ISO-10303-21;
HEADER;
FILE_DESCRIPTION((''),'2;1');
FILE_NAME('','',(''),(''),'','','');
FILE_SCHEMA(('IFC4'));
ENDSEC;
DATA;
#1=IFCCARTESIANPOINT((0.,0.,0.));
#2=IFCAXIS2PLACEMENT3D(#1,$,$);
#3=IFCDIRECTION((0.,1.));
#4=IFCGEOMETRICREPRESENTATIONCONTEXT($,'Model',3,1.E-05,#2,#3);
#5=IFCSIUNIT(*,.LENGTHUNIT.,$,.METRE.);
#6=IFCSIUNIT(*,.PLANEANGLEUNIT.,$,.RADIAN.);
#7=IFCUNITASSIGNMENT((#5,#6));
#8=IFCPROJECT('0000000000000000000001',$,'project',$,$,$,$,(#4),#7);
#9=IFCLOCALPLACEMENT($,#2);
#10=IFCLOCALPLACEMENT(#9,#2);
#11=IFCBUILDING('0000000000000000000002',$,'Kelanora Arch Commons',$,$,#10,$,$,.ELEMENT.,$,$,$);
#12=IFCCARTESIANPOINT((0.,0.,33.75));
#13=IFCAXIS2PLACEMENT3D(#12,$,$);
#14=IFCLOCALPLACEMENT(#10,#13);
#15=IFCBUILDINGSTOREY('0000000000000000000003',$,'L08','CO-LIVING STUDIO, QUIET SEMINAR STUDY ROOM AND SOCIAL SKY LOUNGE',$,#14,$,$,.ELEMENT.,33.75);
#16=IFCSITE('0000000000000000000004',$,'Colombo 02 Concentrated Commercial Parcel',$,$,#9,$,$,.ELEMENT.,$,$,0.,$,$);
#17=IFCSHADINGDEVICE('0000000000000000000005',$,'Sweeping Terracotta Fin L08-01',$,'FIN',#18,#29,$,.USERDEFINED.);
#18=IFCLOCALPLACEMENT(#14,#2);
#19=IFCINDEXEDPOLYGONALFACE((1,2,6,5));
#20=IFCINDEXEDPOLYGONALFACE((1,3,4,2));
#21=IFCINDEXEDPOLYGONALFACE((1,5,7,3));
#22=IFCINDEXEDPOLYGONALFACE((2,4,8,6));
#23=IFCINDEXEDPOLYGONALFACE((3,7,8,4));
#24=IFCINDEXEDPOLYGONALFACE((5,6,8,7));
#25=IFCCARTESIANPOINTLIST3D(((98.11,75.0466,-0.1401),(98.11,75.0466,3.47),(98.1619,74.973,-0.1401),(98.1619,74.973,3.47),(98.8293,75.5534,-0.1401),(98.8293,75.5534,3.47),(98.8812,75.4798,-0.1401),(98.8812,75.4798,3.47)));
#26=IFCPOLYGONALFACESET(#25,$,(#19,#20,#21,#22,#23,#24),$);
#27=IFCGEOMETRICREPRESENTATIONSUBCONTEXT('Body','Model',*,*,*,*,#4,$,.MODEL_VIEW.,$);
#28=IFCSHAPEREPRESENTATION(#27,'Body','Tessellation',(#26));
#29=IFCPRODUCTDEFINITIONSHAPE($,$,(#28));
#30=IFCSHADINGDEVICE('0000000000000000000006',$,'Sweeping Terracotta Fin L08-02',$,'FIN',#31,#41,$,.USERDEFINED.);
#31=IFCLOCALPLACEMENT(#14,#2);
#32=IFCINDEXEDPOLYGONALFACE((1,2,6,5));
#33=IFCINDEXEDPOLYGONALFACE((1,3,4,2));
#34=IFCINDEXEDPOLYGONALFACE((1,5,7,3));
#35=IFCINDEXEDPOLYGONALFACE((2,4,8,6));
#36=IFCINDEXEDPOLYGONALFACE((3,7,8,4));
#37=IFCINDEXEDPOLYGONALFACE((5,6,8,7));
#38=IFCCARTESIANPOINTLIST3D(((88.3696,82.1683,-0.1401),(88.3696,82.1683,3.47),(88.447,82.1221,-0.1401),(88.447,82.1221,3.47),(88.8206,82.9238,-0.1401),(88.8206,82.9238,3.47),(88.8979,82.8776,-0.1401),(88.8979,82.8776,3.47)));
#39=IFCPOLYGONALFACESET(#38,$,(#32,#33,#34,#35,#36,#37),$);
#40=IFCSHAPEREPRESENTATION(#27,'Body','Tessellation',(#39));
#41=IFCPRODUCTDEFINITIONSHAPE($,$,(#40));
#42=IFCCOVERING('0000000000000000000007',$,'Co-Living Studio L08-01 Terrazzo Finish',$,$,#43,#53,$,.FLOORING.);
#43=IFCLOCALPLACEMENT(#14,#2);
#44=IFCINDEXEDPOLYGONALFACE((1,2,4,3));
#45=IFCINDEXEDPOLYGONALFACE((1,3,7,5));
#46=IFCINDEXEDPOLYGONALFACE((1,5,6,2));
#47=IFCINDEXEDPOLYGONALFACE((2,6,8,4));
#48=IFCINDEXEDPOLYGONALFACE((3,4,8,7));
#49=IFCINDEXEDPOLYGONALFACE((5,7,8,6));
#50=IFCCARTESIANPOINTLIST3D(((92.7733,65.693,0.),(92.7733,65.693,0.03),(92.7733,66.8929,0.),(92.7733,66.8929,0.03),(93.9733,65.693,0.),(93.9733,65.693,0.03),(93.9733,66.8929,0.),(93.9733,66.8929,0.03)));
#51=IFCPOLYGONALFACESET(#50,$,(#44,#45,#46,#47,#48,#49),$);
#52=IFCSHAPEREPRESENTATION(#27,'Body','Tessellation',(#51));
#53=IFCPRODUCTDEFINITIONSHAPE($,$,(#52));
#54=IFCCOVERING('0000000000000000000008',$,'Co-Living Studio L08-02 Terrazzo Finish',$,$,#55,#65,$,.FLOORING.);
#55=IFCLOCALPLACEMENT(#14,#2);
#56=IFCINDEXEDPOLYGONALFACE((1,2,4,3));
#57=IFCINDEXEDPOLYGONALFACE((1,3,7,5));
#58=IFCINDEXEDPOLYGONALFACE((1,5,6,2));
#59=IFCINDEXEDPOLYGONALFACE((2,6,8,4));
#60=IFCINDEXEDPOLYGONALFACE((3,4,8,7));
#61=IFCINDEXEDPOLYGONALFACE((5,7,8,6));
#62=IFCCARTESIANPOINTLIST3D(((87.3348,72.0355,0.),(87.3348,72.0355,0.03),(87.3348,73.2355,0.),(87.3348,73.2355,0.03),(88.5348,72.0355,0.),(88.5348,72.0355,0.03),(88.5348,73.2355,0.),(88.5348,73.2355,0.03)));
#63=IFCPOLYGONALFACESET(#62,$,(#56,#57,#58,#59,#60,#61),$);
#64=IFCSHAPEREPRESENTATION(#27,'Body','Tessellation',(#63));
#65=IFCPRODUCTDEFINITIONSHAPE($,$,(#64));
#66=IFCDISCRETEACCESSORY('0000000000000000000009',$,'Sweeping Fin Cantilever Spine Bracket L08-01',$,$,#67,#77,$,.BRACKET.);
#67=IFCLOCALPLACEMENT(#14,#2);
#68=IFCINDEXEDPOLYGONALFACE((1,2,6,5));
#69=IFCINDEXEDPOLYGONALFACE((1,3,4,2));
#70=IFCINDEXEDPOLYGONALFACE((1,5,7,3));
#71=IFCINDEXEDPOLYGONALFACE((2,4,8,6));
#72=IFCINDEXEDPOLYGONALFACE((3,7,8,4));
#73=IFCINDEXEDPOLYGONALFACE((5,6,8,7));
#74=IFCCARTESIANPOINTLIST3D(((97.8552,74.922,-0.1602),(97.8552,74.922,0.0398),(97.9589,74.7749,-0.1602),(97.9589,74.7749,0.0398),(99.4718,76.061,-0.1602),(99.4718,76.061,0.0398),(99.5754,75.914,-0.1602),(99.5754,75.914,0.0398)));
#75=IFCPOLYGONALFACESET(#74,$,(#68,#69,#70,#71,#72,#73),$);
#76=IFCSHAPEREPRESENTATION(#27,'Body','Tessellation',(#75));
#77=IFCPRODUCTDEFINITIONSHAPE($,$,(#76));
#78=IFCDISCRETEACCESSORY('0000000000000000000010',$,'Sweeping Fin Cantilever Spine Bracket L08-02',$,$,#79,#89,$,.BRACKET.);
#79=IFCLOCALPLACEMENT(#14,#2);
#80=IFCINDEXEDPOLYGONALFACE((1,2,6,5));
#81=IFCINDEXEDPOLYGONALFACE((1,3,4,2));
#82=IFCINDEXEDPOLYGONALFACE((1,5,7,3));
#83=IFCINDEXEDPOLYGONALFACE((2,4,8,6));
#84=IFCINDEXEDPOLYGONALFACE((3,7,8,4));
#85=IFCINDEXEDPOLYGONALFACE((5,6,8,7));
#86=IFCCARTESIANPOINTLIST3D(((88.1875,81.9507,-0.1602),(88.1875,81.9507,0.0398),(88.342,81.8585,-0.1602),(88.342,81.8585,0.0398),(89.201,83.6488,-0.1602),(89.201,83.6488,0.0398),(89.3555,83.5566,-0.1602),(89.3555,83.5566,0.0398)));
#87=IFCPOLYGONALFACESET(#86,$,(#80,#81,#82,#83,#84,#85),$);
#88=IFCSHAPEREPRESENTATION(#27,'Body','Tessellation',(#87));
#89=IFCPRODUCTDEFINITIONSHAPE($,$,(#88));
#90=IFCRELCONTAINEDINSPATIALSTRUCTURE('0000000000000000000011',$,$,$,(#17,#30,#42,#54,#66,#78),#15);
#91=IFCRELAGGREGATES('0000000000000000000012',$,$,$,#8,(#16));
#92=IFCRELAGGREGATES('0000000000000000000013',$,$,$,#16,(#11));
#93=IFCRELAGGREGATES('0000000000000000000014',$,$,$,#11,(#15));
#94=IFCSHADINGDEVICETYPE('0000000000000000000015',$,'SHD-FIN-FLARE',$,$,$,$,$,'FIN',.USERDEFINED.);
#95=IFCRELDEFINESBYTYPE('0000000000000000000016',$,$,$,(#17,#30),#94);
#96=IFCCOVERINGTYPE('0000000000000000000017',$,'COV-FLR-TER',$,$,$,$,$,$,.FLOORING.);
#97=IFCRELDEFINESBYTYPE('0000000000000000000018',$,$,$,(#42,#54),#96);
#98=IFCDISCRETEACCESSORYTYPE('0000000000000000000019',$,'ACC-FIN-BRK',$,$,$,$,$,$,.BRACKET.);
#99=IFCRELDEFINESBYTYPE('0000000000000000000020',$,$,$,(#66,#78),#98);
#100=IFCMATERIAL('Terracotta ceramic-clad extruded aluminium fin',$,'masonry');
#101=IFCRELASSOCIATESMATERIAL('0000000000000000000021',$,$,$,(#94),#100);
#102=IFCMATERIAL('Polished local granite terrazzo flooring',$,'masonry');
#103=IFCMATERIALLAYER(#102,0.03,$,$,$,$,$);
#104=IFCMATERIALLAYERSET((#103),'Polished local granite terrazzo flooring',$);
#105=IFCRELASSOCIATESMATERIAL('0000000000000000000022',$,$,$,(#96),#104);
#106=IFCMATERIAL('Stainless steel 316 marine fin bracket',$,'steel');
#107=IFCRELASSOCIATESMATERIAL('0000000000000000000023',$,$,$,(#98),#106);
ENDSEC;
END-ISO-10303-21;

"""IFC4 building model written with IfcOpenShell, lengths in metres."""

from ifc_helpers import new_model, si_unit, direction, frame, origin, origin_2d, place, context, subcontext, project, spatial, rectangle, extrude, source, transform, mapped, material, layer, layer_set, type_object, element, save


model = new_model("IFC4")

# Units and contexts
model_context = context("Model", 3, precision=1e-05, world=origin(), true_north=direction((0.0, 1.0)))
body_context = subcontext(model_context, "Body", "Model", "MODEL_VIEW")
ifc_project = project(units=[si_unit("LENGTHUNIT", "METRE"), si_unit("PLANEANGLEUNIT", "RADIAN")], contexts=[model_context])

# Site, building, storey
site_placement = place(None, origin())
site = spatial("IfcSite", under=ifc_project, at=site_placement, Name="Colombo 02 Concentrated Commercial Parcel", CompositionType="ELEMENT", RefElevation=0.0)
building_placement = place(site_placement, origin())
building = spatial("IfcBuilding", under=site, at=building_placement, Name="Kelanora Arch Commons", CompositionType="ELEMENT")
storey_placement = place(building_placement, frame((0.0, 0.0, 33.75)))
storey = spatial("IfcBuildingStorey", under=building, at=storey_placement, Name="L08", Description="CO-LIVING STUDIO, QUIET SEMINAR STUDY ROOM AND SOCIAL SKY LOUNGE", CompositionType="ELEMENT", Elevation=33.75)

# Shading devices
ifc_material_1 = material(Name="Terracotta ceramic-clad extruded aluminium fin", Category="masonry")
shading_device_type = type_object("IfcShadingDeviceType", Name="SHD-FIN-FLARE", ElementType="FIN", PredefinedType="USERDEFINED", material=ifc_material_1)
shared_shape_1 = source(origin(), body_context, "Body", "SweptSolid", [
    extrude(rectangle(XDim=0.8799, YDim=0.0901, at=origin_2d()), origin(), (0.0, 0.0, 1.0), 3.6101),
])
for number, where, z_axis, x_axis, name in (
    (1, (98.4956, 75.2632, -0.1401), (0.0, 0.0, 1.0), (0.817447, 0.576004, 0.0), "Sweeping Terracotta Fin L08-01"),
    (2, (88.6338, 82.5229, -0.1401), (0.0, 0.0, 1.0), (0.512493, 0.858692, 0.0), "Sweeping Terracotta Fin L08-02"),
):
    element("IfcShadingDevice", number, at=place(storey_placement, frame(where, z_axis=z_axis, x_axis=x_axis)), inside=storey, type_object=shading_device_type, Name=name, ObjectType="FIN", PredefinedType="USERDEFINED", context=body_context, shape_type="MappedRepresentation", body=[
        mapped(shared_shape_1, transform((0.0, 0.0, 0.0), scale=1.0)),
    ])

# Coverings
ifc_material_2 = material(Name="Polished local granite terrazzo flooring", Category="masonry")
ifc_layer_1 = layer(ifc_material_2, 0.03)
ifc_layer_set_1 = layer_set([ifc_layer_1], Name="Polished local granite terrazzo flooring")
covering_type = type_object("IfcCoveringType", Name="COV-FLR-TER", PredefinedType="FLOORING", material=ifc_layer_set_1)
shared_shape_2 = source(origin(), body_context, "Body", "SweptSolid", [
    extrude(rectangle(XDim=1.2, YDim=1.2, at=origin_2d()), origin(), (0.0, 0.0, 1.0), 0.03),
])
for number, where, z_axis, x_axis, name in (
    (3, (93.3733, 66.293, 0.0), (0.0, 0.0, 1.0), (1.0, 0.0, 0.0), "Co-Living Studio L08-01 Terrazzo Finish"),
    (4, (87.9348, 72.6355, 0.0), (0.0, 0.0, 1.0), (1.0, 0.0, 0.0), "Co-Living Studio L08-02 Terrazzo Finish"),
):
    element("IfcCovering", number, at=place(storey_placement, frame(where, z_axis=z_axis, x_axis=x_axis)), inside=storey, type_object=covering_type, Name=name, PredefinedType="FLOORING", context=body_context, shape_type="MappedRepresentation", body=[
        mapped(shared_shape_2, transform((0.0, 0.0, 0.0), scale=1.0)),
    ])

# Discrete accessories
ifc_material_3 = material(Name="Stainless steel 316 marine fin bracket", Category="steel")
discrete_accessory_type = type_object("IfcDiscreteAccessoryType", Name="ACC-FIN-BRK", PredefinedType="BRACKET", material=ifc_material_3)
shared_shape_3 = source(origin(), body_context, "Body", "SweptSolid", [
    extrude(rectangle(XDim=1.9775, YDim=0.1799, at=origin_2d()), origin(), (0.0, 0.0, 1.0), 0.2),
])
for number, where, z_axis, x_axis, name in (
    (5, (98.7153, 75.418, -0.1602), (0.0, 0.0, 1.0), (0.817447, 0.576004, 0.0), "Sweeping Fin Cantilever Spine Bracket L08-01"),
    (6, (88.7715, 82.7537, -0.1602), (0.0, 0.0, 1.0), (0.512493, 0.858692, 0.0), "Sweeping Fin Cantilever Spine Bracket L08-02"),
):
    element("IfcDiscreteAccessory", number, at=place(storey_placement, frame(where, z_axis=z_axis, x_axis=x_axis)), inside=storey, type_object=discrete_accessory_type, Name=name, PredefinedType="BRACKET", context=body_context, shape_type="MappedRepresentation", body=[
        mapped(shared_shape_3, transform((0.0, 0.0, 0.0), scale=1.0)),
    ])

save(model, "model.ifc")
